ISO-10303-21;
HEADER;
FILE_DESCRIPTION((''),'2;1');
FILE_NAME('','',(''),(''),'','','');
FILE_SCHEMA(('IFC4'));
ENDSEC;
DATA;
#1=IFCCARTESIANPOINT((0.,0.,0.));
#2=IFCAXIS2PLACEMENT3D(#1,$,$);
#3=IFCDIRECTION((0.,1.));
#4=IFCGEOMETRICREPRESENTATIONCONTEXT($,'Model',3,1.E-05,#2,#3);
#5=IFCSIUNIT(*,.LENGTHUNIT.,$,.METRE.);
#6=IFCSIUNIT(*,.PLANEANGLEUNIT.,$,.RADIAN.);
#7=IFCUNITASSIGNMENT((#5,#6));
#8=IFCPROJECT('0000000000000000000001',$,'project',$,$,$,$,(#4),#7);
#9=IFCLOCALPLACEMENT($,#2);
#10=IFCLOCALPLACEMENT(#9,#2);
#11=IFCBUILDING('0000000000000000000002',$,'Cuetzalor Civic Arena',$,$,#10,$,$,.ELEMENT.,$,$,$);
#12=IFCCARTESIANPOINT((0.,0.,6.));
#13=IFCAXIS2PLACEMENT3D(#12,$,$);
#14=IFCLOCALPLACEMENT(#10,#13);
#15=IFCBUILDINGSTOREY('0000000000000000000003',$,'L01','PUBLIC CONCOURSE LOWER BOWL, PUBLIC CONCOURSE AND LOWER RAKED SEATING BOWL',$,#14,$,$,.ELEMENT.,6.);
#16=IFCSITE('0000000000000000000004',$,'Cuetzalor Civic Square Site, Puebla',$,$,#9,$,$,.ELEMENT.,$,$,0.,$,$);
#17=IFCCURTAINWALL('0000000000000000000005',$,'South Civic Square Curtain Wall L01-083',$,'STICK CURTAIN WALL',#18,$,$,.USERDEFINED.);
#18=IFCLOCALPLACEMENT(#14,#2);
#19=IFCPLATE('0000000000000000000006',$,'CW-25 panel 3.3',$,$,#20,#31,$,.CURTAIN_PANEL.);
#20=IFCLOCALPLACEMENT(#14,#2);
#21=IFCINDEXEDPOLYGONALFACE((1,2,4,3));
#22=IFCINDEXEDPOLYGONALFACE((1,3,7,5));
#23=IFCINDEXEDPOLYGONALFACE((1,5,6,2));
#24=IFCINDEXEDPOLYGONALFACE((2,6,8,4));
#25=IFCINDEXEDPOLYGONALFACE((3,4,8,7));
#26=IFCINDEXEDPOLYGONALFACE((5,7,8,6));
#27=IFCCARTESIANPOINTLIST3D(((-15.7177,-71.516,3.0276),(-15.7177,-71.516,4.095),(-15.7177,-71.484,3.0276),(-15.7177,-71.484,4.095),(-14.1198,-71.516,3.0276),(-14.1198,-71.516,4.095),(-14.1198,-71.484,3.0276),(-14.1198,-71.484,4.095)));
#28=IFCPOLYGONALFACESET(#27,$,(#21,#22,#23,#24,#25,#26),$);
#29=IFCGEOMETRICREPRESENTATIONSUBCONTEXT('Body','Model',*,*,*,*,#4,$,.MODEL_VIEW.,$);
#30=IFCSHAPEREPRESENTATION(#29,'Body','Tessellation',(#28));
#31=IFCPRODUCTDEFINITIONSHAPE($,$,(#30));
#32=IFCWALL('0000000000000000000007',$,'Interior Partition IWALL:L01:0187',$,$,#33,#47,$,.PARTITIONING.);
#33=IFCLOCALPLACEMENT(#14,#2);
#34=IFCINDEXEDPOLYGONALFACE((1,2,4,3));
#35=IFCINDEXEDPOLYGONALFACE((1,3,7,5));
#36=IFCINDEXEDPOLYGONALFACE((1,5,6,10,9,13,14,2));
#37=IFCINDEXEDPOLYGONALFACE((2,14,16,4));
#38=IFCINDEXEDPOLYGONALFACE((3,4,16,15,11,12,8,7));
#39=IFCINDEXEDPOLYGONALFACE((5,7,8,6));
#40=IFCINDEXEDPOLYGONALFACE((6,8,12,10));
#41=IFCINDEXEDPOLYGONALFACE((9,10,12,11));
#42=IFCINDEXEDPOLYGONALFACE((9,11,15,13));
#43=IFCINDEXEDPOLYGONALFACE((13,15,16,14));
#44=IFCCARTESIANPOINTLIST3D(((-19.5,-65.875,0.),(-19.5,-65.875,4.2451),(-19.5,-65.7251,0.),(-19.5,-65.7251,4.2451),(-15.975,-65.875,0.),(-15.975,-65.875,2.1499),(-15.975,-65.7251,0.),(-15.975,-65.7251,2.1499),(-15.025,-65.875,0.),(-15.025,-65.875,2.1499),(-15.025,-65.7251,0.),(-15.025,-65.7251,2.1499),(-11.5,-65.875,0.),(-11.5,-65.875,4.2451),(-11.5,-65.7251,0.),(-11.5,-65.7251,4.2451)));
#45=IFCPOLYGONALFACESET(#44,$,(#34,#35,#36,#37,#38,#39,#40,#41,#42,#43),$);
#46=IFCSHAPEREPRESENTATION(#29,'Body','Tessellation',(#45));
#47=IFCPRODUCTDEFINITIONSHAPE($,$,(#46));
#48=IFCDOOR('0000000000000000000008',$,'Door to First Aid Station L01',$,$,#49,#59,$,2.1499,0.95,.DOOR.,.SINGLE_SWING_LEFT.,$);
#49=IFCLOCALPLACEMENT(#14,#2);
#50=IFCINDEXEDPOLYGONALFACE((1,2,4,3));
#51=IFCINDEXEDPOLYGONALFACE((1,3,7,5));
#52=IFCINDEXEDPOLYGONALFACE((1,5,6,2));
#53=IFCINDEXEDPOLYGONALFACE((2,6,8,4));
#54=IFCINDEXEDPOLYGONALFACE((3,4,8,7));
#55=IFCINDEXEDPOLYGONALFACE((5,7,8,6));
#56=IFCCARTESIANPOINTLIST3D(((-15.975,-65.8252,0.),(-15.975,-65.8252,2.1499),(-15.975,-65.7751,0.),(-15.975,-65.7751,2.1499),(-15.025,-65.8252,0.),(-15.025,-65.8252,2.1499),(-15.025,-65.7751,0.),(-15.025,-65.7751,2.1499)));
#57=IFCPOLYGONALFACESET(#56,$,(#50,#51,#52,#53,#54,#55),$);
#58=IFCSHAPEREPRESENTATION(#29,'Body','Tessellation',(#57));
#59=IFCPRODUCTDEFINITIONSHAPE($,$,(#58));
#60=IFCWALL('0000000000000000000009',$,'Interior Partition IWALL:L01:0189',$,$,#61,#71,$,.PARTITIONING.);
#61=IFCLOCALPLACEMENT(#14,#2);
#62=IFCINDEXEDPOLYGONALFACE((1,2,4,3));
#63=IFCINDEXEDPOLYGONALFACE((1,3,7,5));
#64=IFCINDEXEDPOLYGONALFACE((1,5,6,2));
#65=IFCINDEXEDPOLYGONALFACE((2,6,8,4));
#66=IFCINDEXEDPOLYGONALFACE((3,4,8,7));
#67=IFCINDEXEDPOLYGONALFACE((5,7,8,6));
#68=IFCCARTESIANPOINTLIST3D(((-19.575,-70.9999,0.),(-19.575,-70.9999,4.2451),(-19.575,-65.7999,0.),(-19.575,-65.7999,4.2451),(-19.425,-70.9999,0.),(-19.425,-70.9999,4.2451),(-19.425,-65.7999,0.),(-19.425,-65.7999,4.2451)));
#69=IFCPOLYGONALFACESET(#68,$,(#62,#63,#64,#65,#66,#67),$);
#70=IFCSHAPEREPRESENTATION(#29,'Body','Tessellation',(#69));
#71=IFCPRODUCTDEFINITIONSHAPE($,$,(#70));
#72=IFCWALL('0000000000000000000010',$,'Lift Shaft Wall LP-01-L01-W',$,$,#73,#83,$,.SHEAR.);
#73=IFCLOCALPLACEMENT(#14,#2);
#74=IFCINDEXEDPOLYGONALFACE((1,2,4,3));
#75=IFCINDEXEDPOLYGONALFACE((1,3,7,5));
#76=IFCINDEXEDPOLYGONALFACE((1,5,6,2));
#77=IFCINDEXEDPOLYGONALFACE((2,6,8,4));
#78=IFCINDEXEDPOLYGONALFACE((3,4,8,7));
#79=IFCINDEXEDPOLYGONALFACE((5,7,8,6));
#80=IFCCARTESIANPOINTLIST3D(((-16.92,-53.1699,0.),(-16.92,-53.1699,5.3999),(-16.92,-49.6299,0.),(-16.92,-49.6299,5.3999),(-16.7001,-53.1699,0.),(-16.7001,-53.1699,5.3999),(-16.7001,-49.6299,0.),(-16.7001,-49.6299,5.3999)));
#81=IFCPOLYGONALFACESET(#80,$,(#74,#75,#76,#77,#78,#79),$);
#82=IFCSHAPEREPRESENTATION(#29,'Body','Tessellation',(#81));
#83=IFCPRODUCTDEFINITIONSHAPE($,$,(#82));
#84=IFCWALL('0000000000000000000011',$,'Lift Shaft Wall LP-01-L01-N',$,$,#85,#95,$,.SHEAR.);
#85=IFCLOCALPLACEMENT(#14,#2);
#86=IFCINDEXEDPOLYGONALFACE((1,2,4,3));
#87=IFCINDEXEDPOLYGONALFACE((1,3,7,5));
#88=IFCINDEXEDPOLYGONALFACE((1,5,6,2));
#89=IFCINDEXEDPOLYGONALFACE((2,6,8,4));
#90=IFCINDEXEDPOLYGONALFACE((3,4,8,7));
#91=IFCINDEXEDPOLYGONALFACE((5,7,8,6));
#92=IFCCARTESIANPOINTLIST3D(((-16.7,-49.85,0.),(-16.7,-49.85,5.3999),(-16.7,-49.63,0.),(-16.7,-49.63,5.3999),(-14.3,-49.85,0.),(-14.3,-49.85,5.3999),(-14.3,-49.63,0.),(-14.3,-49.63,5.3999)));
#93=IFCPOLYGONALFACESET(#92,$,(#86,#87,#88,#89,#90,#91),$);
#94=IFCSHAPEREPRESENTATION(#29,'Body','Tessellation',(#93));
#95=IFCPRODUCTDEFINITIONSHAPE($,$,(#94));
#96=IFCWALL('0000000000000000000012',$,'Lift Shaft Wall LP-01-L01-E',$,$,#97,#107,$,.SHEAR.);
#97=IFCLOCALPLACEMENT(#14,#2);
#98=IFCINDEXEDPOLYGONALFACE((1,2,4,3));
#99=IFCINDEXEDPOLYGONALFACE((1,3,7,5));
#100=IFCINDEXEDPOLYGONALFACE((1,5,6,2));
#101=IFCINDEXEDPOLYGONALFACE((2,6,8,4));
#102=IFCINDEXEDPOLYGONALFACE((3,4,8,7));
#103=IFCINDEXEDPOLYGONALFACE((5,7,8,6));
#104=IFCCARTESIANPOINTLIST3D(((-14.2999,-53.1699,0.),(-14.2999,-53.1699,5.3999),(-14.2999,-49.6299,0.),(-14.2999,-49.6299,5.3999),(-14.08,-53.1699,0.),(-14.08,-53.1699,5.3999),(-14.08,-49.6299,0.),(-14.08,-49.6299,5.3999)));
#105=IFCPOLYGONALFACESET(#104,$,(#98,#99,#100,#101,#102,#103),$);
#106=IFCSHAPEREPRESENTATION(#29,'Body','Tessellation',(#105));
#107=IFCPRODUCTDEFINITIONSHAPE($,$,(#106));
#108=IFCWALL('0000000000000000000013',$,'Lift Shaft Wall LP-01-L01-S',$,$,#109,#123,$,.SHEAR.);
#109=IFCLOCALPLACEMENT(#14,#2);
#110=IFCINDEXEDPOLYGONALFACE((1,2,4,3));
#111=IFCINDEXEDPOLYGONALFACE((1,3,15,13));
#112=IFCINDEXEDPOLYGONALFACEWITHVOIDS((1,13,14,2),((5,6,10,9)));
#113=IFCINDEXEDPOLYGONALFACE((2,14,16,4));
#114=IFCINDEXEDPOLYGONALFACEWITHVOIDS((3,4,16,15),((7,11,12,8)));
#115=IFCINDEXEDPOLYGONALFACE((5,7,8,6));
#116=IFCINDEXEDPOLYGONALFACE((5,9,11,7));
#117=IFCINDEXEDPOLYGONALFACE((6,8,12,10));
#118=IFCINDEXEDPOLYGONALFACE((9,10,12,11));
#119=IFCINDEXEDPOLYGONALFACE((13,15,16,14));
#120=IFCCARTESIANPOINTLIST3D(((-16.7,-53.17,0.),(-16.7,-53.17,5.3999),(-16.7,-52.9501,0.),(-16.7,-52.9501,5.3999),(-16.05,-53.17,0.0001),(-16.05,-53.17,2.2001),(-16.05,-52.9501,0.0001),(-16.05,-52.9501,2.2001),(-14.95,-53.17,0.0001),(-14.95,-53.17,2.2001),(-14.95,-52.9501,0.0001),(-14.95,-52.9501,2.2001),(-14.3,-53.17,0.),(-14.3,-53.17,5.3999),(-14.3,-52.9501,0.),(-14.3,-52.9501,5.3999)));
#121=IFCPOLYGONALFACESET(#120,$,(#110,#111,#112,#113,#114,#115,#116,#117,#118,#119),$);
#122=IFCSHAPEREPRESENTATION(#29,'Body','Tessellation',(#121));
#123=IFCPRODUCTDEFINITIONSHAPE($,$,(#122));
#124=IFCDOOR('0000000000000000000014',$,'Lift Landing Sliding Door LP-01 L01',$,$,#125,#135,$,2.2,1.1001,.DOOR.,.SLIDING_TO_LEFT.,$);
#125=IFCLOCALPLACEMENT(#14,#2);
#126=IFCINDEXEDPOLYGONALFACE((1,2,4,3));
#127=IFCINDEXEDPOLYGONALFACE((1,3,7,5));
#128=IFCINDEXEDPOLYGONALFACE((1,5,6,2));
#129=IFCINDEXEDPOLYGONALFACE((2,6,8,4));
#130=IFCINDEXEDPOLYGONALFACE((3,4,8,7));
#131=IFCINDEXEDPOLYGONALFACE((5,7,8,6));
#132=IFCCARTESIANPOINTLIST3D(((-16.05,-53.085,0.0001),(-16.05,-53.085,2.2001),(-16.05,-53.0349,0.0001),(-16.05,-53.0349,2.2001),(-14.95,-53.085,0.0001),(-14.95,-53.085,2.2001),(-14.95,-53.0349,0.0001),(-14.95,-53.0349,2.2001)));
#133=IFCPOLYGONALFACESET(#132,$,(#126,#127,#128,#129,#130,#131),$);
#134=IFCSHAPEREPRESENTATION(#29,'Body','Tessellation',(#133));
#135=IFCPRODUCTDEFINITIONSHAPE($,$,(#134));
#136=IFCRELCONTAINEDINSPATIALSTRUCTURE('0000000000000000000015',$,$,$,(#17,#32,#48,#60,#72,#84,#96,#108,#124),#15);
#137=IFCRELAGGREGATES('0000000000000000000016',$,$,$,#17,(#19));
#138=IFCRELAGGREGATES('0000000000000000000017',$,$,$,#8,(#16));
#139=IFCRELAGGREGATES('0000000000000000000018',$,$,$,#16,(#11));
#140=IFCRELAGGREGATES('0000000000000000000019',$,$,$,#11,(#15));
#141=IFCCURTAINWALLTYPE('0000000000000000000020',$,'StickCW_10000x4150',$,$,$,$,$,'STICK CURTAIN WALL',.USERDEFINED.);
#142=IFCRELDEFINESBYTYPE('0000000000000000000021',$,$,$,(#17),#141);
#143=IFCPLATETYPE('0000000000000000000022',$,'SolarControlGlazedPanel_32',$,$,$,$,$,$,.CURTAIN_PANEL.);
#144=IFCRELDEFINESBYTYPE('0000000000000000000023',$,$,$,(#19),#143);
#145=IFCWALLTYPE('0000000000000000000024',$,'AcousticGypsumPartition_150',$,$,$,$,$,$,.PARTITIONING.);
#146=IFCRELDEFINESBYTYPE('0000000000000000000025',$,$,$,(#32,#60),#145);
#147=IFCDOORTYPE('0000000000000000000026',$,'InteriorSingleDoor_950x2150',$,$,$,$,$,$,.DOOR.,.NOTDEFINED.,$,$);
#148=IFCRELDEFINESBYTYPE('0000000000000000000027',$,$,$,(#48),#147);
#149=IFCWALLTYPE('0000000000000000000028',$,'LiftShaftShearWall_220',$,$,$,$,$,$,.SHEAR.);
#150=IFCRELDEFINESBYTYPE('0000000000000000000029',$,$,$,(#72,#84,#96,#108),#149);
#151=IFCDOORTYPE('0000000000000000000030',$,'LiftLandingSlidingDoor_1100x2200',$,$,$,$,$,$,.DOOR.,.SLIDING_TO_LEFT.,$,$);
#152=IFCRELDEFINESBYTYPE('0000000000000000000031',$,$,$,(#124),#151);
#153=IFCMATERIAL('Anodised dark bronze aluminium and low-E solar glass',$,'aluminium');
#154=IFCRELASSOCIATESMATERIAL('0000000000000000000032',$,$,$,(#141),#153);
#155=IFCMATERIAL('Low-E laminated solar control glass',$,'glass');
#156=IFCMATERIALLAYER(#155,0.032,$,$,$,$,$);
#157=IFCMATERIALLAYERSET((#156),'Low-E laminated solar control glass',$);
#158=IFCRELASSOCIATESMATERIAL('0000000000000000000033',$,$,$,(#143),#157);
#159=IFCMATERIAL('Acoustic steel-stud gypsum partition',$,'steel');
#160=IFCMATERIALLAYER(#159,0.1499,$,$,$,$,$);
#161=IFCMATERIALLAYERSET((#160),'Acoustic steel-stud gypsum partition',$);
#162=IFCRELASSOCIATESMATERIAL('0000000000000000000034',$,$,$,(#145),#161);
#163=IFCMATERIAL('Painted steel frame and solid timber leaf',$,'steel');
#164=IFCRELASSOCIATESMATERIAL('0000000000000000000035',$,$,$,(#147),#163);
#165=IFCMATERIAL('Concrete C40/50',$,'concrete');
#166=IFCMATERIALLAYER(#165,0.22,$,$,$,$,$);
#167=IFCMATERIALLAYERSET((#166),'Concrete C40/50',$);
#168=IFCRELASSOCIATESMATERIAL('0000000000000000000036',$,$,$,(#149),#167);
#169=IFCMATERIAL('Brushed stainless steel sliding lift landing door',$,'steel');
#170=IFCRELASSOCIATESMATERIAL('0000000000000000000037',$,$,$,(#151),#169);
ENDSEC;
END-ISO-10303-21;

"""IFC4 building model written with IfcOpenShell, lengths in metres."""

from ifc_helpers import new_model, si_unit, direction, frame, frame_2d, origin, origin_2d, place, context, subcontext, project, spatial, rectangle, extrude, material, layer, layer_set, type_object, element, fill, aggregate, save


model = new_model("IFC4")

# Units and contexts
model_context = context("Model", 3, precision=1e-05, world=origin(), true_north=direction((0.0, 1.0)))
body_context = subcontext(model_context, "Body", "Model", "MODEL_VIEW")
ifc_project = project(units=[si_unit("LENGTHUNIT", "METRE"), si_unit("PLANEANGLEUNIT", "RADIAN")], contexts=[model_context])

# Site, building, storey
site_placement = place(None, origin())
site = spatial("IfcSite", under=ifc_project, at=site_placement, Name="Cuetzalor Civic Square Site, Puebla", CompositionType="ELEMENT", RefElevation=0.0)
building_placement = place(site_placement, origin())
building = spatial("IfcBuilding", under=site, at=building_placement, Name="Cuetzalor Civic Arena", CompositionType="ELEMENT")
storey_placement = place(building_placement, frame((0.0, 0.0, 6.0)))
storey = spatial("IfcBuildingStorey", under=building, at=storey_placement, Name="L01", Description="PUBLIC CONCOURSE LOWER BOWL, PUBLIC CONCOURSE AND LOWER RAKED SEATING BOWL", CompositionType="ELEMENT", Elevation=6.0)

# Curtain wall
ifc_material_1 = material(Name="Anodised dark bronze aluminium and low-E solar glass", Category="aluminium")
curtain_wall_type = type_object("IfcCurtainWallType", Name="StickCW_10000x4150", ElementType="STICK CURTAIN WALL", PredefinedType="USERDEFINED", material=ifc_material_1)
curtain_wall_placement = place(storey_placement, origin())
curtain_wall = element("IfcCurtainWall", 1, at=curtain_wall_placement, inside=storey, type_object=curtain_wall_type, Name="South Civic Square Curtain Wall L01-083", ObjectType="STICK CURTAIN WALL", PredefinedType="USERDEFINED")

# Plate
ifc_material_2 = material(Name="Low-E laminated solar control glass", Category="glass")
ifc_layer_1 = layer(ifc_material_2, 0.032)
ifc_layer_set_1 = layer_set([ifc_layer_1], Name="Low-E laminated solar control glass")
plate_type = type_object("IfcPlateType", Name="SolarControlGlazedPanel_32", PredefinedType="CURTAIN_PANEL", material=ifc_layer_set_1)
plate_1_placement = place(storey_placement, frame((-14.9187, -71.5, 3.0276), z_axis=(0.0, 0.0, 1.0), x_axis=(-1.0, 0.0, 0.0)))
plate_1 = element("IfcPlate", 2, at=plate_1_placement, type_object=plate_type, Name="CW-25 panel 3.3", PredefinedType="CURTAIN_PANEL", context=body_context, shape_type="SweptSolid", body=[
    extrude(rectangle(XDim=1.5979, YDim=0.032, at=origin_2d()), origin(), (0.0, 0.0, 1.0), 1.0674),
])
aggregate(curtain_wall, [plate_1])

# Wall, opening, door
ifc_material_3 = material(Name="Acoustic steel-stud gypsum partition", Category="steel")
ifc_layer_2 = layer(ifc_material_3, 0.1499)
ifc_layer_set_2 = layer_set([ifc_layer_2], Name="Acoustic steel-stud gypsum partition")
wall_type_1 = type_object("IfcWallType", Name="AcousticGypsumPartition_150", PredefinedType="PARTITIONING", material=ifc_layer_set_2)
wall_1_placement = place(storey_placement, frame((-19.5, -65.8, 0.0), z_axis=(0.0, 0.0, 1.0), x_axis=(1.0, 0.0, 0.0)))
wall_1 = element("IfcWall", 3, at=wall_1_placement, inside=storey, type_object=wall_type_1, Name="Interior Partition IWALL:L01:0187", PredefinedType="PARTITIONING", context=body_context, shape_type="SweptSolid", body=[
    extrude(rectangle(XDim=8.0, YDim=0.1499, at=frame_2d((4.0, 0.0))), origin(), (0.0, 0.0, 1.0), 4.2451),
])
opening_1_placement = place(wall_1_placement, frame((3.5249, 0.0, 0.0)))
opening_1 = element("IfcOpeningElement", 4, at=opening_1_placement, cuts=wall_1, PredefinedType="OPENING", context=body_context, shape_type="SweptSolid", body=[
    extrude(rectangle(XDim=0.95, YDim=2.1499, at=frame_2d((0.4751, 1.075))), frame((0.0, 0.085, 0.0), z_axis=(0.0, -1.0, 0.0), x_axis=(1.0, 0.0, 0.0)), (0.0, 0.0, 1.0), 0.1699),
])
ifc_material_4 = material(Name="Painted steel frame and solid timber leaf", Category="steel")
door_type_1 = type_object("IfcDoorType", Name="InteriorSingleDoor_950x2150", OperationType="NOTDEFINED", PredefinedType="DOOR", material=ifc_material_4)
door_1_placement = place(opening_1_placement, origin())
door_1 = element("IfcDoor", 5, at=door_1_placement, inside=storey, type_object=door_type_1, Name="Door to First Aid Station L01", OperationType="SINGLE_SWING_LEFT", OverallHeight=2.1499, OverallWidth=0.95, PredefinedType="DOOR", context=body_context, shape_type="SweptSolid", body=[
    extrude(rectangle(XDim=0.95, YDim=2.1499, at=frame_2d((0.4751, 1.075))), frame((0.0, 0.0249, 0.0), z_axis=(0.0, -1.0, 0.0), x_axis=(1.0, 0.0, 0.0)), (0.0, 0.0, 1.0), 0.05),
])
fill(opening_1, door_1)

# Walls
wall_2_placement = place(storey_placement, frame((-19.5, -71.0, 0.0), z_axis=(0.0, 0.0, 1.0), x_axis=(0.0, 1.0, 0.0)))
element("IfcWall", 6, at=wall_2_placement, inside=storey, type_object=wall_type_1, Name="Interior Partition IWALL:L01:0189", PredefinedType="PARTITIONING", context=body_context, shape_type="SweptSolid", body=[
    extrude(rectangle(XDim=5.2, YDim=0.1499, at=frame_2d((2.6001, 0.0))), origin(), (0.0, 0.0, 1.0), 4.2451),
])
ifc_material_5 = material(Name="Concrete C40/50", Category="concrete")
ifc_layer_3 = layer(ifc_material_5, 0.22)
ifc_layer_set_3 = layer_set([ifc_layer_3], Name="Concrete C40/50")
wall_type_2 = type_object("IfcWallType", Name="LiftShaftShearWall_220", PredefinedType="SHEAR", material=ifc_layer_set_3)
wall_3_placement = place(storey_placement, frame((-16.8101, -53.1699, 0.0), z_axis=(0.0, 0.0, 1.0), x_axis=(0.0, 1.0, 0.0)))
element("IfcWall", 7, at=wall_3_placement, inside=storey, type_object=wall_type_2, Name="Lift Shaft Wall LP-01-L01-W", PredefinedType="SHEAR", context=body_context, shape_type="SweptSolid", body=[
    extrude(rectangle(XDim=3.54, YDim=0.22, at=frame_2d((1.77, 0.0))), origin(), (0.0, 0.0, 1.0), 5.3999),
])
wall_4_placement = place(storey_placement, frame((-16.7, -49.74, 0.0), z_axis=(0.0, 0.0, 1.0), x_axis=(1.0, 0.0, 0.0)))
element("IfcWall", 8, at=wall_4_placement, inside=storey, type_object=wall_type_2, Name="Lift Shaft Wall LP-01-L01-N", PredefinedType="SHEAR", context=body_context, shape_type="SweptSolid", body=[
    extrude(rectangle(XDim=2.3999, YDim=0.22, at=frame_2d((1.2, 0.0))), origin(), (0.0, 0.0, 1.0), 5.3999),
])
wall_5_placement = place(storey_placement, frame((-14.1899, -49.6299, 0.0), z_axis=(0.0, 0.0, 1.0), x_axis=(0.0, -1.0, 0.0)))
element("IfcWall", 9, at=wall_5_placement, inside=storey, type_object=wall_type_2, Name="Lift Shaft Wall LP-01-L01-E", PredefinedType="SHEAR", context=body_context, shape_type="SweptSolid", body=[
    extrude(rectangle(XDim=3.54, YDim=0.22, at=frame_2d((1.77, 0.0))), origin(), (0.0, 0.0, 1.0), 5.3999),
])

# Wall, opening, door
wall_6_placement = place(storey_placement, frame((-14.3, -53.0601, 0.0), z_axis=(0.0, 0.0, 1.0), x_axis=(-1.0, 0.0, 0.0)))
wall_6 = element("IfcWall", 10, at=wall_6_placement, inside=storey, type_object=wall_type_2, Name="Lift Shaft Wall LP-01-L01-S", PredefinedType="SHEAR", context=body_context, shape_type="SweptSolid", body=[
    extrude(rectangle(XDim=2.3999, YDim=0.22, at=frame_2d((1.2, 0.0))), origin(), (0.0, 0.0, 1.0), 5.3999),
])
opening_2_placement = place(wall_6_placement, frame((0.6499, 0.0, 0.0)))
opening_2 = element("IfcOpeningElement", 11, at=opening_2_placement, cuts=wall_6, PredefinedType="OPENING", context=body_context, shape_type="SweptSolid", body=[
    extrude(rectangle(XDim=1.1001, YDim=2.2, at=frame_2d((0.55, 1.1001))), frame((0.0, 0.1201, 0.0), z_axis=(0.0, -1.0, 0.0), x_axis=(1.0, 0.0, 0.0)), (0.0, 0.0, 1.0), 0.24),
])
ifc_material_6 = material(Name="Brushed stainless steel sliding lift landing door", Category="steel")
door_type_2 = type_object("IfcDoorType", Name="LiftLandingSlidingDoor_1100x2200", OperationType="SLIDING_TO_LEFT", PredefinedType="DOOR", material=ifc_material_6)
door_2_placement = place(opening_2_placement, origin())
door_2 = element("IfcDoor", 12, at=door_2_placement, inside=storey, type_object=door_type_2, Name="Lift Landing Sliding Door LP-01 L01", OperationType="SLIDING_TO_LEFT", OverallHeight=2.2, OverallWidth=1.1001, PredefinedType="DOOR", context=body_context, shape_type="SweptSolid", body=[
    extrude(rectangle(XDim=1.1001, YDim=2.2, at=frame_2d((0.55, 1.1001))), frame((0.0, 0.0249, 0.0), z_axis=(0.0, -1.0, 0.0), x_axis=(1.0, 0.0, 0.0)), (0.0, 0.0, 1.0), 0.05),
])
fill(opening_2, door_2)

save(model, "model.ifc")
